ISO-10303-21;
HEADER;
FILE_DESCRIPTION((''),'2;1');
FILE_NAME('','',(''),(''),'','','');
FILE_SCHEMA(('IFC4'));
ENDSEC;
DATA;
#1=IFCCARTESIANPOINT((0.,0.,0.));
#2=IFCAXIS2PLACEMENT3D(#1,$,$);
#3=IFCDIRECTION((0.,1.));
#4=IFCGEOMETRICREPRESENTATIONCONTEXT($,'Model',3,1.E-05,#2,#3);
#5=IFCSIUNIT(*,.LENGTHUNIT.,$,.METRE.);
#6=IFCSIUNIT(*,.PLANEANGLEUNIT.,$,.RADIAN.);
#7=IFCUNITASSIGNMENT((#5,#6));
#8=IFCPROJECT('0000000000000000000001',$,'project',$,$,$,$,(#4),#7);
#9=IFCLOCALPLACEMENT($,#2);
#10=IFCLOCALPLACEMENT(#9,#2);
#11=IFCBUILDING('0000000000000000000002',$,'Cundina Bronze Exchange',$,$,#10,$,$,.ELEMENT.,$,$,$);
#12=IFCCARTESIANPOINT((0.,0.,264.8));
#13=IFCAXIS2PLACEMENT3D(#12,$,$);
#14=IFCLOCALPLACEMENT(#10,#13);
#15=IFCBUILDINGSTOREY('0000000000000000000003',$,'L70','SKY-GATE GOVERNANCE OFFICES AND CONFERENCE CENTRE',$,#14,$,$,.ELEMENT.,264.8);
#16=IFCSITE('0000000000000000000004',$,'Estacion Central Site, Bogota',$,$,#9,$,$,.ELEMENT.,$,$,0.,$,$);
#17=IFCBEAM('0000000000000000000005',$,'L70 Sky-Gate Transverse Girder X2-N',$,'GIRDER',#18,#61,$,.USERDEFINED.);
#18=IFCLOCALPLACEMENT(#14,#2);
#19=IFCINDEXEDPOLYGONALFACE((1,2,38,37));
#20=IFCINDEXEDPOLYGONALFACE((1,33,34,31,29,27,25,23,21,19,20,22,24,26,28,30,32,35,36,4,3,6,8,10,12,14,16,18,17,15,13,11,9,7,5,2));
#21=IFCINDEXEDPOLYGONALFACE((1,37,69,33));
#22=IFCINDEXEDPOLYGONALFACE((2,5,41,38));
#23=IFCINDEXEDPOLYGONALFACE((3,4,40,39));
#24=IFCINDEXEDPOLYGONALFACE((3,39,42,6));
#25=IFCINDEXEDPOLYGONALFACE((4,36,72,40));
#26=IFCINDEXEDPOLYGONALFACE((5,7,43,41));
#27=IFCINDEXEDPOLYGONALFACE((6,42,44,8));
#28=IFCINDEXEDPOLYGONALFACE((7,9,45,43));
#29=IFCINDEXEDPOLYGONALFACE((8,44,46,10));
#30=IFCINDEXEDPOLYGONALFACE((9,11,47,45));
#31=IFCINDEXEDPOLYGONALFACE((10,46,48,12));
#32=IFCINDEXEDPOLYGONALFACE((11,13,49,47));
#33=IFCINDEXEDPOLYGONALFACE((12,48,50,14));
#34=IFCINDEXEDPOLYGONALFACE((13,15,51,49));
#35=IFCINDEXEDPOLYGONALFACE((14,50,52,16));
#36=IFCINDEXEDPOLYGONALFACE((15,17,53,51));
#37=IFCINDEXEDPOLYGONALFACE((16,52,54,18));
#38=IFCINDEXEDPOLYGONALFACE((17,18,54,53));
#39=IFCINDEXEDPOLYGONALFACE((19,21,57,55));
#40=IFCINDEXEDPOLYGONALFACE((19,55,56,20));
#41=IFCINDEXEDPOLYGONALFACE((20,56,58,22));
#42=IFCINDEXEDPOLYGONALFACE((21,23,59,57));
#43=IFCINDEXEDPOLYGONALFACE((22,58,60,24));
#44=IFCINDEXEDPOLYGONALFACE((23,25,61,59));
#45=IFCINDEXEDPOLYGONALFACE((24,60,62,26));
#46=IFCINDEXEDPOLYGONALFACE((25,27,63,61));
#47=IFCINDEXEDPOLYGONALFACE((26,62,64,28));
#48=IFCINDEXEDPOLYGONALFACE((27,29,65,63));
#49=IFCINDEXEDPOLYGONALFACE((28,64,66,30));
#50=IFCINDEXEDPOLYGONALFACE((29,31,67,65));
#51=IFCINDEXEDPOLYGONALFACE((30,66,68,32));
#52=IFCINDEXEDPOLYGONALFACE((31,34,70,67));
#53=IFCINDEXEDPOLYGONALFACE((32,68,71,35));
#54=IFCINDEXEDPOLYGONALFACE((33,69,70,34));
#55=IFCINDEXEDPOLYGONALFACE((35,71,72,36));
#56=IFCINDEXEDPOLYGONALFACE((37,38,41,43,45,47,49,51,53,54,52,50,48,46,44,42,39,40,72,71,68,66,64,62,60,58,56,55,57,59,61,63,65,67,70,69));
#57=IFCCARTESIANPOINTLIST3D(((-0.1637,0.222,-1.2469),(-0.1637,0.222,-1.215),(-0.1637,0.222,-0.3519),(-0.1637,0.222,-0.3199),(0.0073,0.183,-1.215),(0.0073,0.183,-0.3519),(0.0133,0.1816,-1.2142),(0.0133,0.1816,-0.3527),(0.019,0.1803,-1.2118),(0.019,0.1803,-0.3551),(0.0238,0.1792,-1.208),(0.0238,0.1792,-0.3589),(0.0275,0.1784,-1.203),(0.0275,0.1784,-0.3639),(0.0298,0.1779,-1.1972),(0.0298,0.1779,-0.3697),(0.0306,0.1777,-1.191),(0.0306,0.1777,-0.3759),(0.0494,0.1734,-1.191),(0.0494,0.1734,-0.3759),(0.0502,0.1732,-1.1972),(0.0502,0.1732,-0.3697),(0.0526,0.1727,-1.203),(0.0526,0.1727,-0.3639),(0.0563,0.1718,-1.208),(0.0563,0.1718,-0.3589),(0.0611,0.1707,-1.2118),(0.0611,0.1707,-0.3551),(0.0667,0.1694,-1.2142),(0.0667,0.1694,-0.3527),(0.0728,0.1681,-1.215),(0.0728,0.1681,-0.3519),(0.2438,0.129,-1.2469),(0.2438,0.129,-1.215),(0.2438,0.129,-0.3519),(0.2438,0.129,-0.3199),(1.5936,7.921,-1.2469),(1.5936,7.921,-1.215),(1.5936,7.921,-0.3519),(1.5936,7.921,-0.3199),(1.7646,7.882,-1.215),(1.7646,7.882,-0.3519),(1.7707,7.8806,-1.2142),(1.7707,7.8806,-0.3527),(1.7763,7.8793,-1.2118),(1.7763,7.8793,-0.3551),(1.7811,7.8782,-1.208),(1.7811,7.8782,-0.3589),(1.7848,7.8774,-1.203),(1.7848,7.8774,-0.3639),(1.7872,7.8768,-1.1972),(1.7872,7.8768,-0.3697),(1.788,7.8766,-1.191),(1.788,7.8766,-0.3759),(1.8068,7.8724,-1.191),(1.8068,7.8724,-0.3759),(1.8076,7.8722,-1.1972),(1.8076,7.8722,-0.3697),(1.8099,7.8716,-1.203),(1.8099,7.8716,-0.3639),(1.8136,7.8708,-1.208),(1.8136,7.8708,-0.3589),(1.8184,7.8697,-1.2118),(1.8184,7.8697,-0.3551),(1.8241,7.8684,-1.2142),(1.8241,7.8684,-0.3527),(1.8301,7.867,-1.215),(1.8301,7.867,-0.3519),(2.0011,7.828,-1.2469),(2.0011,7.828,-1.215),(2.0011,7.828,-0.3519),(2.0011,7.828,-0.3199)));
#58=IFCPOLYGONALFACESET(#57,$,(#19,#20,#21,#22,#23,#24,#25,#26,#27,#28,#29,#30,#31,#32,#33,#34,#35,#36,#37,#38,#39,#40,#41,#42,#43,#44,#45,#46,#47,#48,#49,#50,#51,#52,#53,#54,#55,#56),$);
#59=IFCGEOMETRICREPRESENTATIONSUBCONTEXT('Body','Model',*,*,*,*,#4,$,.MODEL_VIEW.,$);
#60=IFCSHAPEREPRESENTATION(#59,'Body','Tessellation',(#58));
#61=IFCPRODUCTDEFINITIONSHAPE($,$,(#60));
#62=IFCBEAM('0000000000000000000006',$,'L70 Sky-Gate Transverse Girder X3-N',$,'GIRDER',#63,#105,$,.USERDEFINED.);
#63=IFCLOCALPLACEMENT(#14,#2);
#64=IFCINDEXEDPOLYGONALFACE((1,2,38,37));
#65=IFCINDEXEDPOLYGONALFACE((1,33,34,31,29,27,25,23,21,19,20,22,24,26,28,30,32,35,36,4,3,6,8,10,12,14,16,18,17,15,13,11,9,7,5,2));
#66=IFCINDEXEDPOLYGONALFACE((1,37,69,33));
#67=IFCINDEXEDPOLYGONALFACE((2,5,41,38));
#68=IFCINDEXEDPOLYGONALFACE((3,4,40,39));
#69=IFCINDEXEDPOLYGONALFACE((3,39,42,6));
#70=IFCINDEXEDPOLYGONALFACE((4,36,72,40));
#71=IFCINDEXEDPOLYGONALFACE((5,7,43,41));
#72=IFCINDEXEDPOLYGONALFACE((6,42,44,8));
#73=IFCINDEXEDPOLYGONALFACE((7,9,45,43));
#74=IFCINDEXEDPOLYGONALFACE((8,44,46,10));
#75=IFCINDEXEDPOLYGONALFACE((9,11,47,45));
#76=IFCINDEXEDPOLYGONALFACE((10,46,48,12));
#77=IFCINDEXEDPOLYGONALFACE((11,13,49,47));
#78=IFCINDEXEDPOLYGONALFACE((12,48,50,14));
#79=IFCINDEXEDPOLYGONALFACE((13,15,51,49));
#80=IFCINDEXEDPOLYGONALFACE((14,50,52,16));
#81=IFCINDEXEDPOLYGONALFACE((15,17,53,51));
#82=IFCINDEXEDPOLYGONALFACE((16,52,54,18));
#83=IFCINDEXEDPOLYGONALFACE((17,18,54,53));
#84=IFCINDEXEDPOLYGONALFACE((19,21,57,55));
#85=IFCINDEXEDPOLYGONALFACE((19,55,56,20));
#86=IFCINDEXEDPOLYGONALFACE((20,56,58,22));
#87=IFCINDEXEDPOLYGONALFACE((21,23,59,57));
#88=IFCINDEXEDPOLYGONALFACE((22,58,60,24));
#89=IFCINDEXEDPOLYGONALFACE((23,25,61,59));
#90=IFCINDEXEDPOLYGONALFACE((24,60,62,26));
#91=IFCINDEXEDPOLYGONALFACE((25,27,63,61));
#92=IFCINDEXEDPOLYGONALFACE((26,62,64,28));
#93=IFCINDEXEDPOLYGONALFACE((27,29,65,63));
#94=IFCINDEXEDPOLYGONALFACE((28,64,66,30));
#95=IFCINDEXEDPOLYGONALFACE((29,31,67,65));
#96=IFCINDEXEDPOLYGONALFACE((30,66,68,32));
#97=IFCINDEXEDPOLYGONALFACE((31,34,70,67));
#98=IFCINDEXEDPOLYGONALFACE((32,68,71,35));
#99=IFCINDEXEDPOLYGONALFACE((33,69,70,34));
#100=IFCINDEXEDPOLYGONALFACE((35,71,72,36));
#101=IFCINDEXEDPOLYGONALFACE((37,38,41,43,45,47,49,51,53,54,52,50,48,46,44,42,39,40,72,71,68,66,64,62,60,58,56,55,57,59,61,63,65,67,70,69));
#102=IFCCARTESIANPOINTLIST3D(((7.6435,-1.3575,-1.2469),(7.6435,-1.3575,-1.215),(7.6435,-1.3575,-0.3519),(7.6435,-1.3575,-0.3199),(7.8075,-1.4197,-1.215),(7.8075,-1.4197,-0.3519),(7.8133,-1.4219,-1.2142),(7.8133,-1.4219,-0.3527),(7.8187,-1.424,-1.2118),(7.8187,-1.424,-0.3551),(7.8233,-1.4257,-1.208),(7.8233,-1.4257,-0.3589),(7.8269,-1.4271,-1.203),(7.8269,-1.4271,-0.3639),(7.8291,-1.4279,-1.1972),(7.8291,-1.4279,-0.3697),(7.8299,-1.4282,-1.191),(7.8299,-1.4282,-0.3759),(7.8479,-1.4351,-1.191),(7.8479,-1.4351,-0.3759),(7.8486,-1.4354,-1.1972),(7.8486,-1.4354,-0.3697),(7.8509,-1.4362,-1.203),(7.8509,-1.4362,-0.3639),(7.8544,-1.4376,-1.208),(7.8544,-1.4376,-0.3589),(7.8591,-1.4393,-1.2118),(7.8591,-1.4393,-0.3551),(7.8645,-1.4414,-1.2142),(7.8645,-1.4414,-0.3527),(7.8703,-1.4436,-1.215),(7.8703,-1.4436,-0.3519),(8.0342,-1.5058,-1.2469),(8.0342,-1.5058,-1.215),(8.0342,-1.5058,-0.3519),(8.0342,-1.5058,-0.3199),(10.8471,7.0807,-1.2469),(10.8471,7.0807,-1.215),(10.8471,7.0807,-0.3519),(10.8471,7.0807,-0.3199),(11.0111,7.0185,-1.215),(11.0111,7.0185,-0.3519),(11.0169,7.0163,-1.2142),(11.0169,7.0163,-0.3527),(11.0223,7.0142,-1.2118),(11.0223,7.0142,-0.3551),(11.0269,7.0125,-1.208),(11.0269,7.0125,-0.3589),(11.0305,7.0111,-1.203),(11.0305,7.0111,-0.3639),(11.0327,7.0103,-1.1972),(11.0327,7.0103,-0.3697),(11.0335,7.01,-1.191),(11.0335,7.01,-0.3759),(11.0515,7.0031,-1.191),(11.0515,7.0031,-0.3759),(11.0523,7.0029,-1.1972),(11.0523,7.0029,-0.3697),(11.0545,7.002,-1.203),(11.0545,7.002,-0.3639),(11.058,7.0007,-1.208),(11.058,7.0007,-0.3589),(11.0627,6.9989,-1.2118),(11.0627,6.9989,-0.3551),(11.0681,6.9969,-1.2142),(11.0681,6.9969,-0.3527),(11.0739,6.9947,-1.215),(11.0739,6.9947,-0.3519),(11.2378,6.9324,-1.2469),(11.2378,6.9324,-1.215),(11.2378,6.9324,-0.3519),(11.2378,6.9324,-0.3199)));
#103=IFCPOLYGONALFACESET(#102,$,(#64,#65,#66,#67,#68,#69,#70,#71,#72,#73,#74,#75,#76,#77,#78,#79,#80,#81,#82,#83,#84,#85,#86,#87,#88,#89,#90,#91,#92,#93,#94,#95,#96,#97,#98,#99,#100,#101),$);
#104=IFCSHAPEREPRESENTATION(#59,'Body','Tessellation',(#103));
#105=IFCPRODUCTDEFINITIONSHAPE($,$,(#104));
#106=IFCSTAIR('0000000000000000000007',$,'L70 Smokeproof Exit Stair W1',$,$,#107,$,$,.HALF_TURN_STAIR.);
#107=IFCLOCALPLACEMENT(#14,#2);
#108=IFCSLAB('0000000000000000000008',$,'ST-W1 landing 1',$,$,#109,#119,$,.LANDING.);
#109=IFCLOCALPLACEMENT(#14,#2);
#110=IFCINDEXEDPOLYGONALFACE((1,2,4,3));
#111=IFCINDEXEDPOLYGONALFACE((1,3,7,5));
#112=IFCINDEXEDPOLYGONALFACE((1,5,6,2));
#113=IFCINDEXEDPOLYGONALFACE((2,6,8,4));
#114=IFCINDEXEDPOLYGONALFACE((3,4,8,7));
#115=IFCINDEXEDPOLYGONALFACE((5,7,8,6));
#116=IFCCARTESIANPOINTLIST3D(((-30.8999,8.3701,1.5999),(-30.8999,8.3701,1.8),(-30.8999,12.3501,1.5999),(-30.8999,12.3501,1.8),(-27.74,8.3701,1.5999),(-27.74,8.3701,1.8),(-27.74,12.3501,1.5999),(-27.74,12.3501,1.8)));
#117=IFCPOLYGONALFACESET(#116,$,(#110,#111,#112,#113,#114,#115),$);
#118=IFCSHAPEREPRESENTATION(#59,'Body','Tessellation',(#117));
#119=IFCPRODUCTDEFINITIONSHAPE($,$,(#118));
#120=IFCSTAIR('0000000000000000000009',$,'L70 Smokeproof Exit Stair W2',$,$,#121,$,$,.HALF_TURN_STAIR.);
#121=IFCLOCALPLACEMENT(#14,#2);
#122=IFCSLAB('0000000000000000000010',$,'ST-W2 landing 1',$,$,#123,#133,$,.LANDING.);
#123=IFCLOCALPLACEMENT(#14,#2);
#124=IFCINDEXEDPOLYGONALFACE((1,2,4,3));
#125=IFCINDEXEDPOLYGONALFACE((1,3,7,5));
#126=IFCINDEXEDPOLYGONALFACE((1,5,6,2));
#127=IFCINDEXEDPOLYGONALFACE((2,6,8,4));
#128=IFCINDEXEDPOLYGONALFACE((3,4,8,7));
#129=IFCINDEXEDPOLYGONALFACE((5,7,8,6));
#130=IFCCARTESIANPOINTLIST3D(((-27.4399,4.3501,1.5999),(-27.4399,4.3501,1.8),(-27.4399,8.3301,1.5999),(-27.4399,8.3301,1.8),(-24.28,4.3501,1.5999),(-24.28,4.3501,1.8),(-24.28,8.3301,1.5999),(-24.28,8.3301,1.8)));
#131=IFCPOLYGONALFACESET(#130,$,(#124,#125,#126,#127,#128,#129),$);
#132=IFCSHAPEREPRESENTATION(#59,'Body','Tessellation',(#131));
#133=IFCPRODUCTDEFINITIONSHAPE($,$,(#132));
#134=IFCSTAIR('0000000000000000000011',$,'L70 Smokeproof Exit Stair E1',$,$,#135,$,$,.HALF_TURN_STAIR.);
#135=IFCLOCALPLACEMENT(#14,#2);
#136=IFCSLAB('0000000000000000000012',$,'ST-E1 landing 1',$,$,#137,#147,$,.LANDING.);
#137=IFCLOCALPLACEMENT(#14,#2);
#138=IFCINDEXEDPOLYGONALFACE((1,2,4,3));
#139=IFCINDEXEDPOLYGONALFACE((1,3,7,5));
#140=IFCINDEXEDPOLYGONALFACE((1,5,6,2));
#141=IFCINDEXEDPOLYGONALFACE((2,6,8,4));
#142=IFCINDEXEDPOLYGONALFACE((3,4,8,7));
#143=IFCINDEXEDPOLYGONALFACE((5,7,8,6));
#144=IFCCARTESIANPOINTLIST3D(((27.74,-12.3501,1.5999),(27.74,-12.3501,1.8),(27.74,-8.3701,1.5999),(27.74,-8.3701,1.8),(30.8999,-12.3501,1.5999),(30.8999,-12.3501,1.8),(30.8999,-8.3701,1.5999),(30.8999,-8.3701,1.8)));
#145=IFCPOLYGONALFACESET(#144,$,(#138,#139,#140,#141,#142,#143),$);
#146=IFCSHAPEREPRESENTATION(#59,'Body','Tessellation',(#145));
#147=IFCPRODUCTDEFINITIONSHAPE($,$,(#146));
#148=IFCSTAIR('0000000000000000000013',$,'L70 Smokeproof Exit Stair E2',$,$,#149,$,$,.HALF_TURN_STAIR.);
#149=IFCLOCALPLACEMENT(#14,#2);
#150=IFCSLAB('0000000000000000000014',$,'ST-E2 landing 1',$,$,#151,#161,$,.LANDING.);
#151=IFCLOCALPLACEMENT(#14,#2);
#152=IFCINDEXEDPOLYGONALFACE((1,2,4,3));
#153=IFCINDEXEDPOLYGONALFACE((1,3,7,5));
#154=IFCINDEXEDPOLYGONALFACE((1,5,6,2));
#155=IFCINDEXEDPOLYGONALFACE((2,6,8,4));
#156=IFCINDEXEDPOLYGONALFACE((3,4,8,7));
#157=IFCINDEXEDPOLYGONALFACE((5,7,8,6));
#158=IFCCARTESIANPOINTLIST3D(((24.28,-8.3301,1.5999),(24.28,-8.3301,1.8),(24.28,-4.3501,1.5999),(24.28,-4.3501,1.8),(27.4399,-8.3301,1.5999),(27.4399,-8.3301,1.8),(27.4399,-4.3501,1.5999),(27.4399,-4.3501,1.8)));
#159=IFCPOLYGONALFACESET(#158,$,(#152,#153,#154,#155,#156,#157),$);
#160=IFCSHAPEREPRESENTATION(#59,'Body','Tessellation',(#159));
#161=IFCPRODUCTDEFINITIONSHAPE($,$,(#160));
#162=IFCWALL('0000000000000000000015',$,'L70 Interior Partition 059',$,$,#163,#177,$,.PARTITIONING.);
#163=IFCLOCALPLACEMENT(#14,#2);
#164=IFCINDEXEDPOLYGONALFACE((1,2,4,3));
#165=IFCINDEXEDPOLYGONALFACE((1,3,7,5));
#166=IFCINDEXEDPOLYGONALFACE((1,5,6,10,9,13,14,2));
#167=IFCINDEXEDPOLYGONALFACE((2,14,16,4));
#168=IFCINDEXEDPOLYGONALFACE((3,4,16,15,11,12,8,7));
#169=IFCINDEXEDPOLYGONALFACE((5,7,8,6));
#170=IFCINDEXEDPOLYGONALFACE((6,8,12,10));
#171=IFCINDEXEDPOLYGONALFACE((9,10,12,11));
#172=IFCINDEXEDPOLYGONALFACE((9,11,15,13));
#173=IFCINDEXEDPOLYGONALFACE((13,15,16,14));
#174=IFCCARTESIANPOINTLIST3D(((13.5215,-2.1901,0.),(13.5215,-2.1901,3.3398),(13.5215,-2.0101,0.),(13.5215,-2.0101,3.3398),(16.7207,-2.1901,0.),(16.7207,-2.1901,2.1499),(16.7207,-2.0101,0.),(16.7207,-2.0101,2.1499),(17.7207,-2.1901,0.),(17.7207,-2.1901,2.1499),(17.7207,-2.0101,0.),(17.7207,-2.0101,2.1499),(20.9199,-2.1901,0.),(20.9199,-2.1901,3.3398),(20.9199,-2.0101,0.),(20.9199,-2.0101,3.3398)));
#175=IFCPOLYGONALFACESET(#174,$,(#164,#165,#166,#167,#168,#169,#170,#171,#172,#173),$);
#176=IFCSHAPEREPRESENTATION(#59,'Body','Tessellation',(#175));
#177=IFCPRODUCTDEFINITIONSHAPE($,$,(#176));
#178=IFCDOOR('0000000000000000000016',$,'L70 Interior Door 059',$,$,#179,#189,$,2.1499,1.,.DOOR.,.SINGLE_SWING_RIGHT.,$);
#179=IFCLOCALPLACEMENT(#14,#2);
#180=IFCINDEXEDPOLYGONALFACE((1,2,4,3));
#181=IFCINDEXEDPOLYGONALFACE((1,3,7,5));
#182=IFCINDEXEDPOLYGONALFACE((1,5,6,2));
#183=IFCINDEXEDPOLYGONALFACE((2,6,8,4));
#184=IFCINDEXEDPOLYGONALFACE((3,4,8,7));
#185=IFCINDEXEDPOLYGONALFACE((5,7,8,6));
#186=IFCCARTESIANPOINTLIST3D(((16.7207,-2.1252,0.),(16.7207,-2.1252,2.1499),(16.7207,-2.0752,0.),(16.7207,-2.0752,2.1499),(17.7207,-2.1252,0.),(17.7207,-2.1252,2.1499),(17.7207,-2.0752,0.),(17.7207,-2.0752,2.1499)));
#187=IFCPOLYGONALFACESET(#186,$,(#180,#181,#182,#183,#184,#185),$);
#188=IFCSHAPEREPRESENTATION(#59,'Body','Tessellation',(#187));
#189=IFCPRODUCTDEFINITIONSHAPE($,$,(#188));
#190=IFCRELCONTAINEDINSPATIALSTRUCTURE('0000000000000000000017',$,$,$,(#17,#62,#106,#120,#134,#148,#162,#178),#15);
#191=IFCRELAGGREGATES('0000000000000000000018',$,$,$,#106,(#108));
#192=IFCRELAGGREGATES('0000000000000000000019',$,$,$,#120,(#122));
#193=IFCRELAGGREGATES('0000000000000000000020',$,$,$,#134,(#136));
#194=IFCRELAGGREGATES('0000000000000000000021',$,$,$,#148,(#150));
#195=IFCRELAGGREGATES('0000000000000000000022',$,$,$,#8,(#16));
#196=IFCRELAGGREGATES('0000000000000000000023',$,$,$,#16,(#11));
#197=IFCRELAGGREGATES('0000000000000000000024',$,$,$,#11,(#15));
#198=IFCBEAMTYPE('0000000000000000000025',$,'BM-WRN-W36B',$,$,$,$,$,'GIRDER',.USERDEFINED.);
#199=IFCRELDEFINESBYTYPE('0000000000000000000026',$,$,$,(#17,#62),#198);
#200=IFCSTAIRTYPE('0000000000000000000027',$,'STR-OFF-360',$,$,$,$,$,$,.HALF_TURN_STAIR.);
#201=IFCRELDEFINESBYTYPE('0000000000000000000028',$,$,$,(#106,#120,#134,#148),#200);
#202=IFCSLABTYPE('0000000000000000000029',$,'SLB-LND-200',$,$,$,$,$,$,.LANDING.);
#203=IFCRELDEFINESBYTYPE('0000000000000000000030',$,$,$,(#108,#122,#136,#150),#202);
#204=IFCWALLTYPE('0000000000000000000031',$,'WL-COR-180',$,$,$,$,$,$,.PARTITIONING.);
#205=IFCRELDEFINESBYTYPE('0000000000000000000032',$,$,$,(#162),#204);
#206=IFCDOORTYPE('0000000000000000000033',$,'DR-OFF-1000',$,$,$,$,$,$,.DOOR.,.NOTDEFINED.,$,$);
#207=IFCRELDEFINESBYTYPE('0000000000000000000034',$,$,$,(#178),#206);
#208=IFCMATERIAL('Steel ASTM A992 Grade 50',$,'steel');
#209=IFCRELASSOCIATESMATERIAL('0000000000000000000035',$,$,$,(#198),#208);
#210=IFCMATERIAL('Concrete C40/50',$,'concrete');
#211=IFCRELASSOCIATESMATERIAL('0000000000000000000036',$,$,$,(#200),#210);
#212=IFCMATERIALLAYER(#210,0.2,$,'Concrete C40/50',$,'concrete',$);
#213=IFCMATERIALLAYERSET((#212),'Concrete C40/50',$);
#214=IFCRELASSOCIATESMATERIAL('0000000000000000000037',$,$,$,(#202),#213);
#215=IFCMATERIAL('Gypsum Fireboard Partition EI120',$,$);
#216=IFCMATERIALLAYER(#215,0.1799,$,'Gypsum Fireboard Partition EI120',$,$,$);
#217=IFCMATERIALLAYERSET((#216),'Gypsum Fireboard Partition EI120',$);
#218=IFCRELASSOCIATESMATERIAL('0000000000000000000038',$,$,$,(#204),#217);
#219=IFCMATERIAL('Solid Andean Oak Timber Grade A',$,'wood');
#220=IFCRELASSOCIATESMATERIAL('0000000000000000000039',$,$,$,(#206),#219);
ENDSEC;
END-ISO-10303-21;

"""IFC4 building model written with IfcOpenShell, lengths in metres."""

from ifc_helpers import new_model, si_unit, direction, frame, frame_2d, origin, origin_2d, place, context, subcontext, project, spatial, polyline, rectangle, i_section, outline, extrude, material, layer, layer_set, material_profile, profile_set, type_object, element, fill, aggregate, save


model = new_model("IFC4")

# Units and contexts
model_context = context("Model", 3, precision=1e-05, world=origin(), true_north=direction((0.0, 1.0)))
body_context = subcontext(model_context, "Body", "Model", "MODEL_VIEW")
ifc_project = project(units=[si_unit("LENGTHUNIT", "METRE"), si_unit("PLANEANGLEUNIT", "RADIAN")], contexts=[model_context])

# Site, building, storey
site_placement = place(None, origin())
site = spatial("IfcSite", under=ifc_project, at=site_placement, Name="Estacion Central Site, Bogota", CompositionType="ELEMENT", RefElevation=0.0)
building_placement = place(site_placement, origin())
building = spatial("IfcBuilding", under=site, at=building_placement, Name="Cundina Bronze Exchange", CompositionType="ELEMENT")
storey_placement = place(building_placement, frame((0.0, 0.0, 264.8)))
storey = spatial("IfcBuildingStorey", under=building, at=storey_placement, Name="L70", Description="SKY-GATE GOVERNANCE OFFICES AND CONFERENCE CENTRE", CompositionType="ELEMENT", Elevation=264.8)

# Beams
ifc_material_1 = material(Name="Steel ASTM A992 Grade 50", Category="steel")
ifc_material_profile_1 = material_profile(ifc_material_1, i_section(OverallWidth=0.418, OverallDepth=0.927, WebThickness=0.0193, FlangeThickness=0.032, FilletRadius=0.0239, at=origin_2d()), Name="W36X231", Category="steel")
ifc_profile_set_1 = profile_set([ifc_material_profile_1], Name="Steel ASTM A992 Grade 50")
beam_type_1 = type_object("IfcBeamType", Name="BM-WRN-W36B", ElementType="GIRDER", PredefinedType="USERDEFINED", material=ifc_profile_set_1)
beam_1_placement = place(storey_placement, frame((0.04, 0.1755, -0.7834), z_axis=(0.222531, 0.974926, 0.0), x_axis=(-0.974926, 0.222531, 0.0)))
element("IfcBeam", 1, at=beam_1_placement, inside=storey, type_object=beam_type_1, Name="L70 Sky-Gate Transverse Girder X2-N", ObjectType="GIRDER", PredefinedType="USERDEFINED", context=body_context, shape_type="SweptSolid", body=[
    extrude(i_section(OverallWidth=0.418, OverallDepth=0.927, WebThickness=0.0193, FlangeThickness=0.032, FilletRadius=0.0239, at=origin_2d()), origin(), (0.0, 0.0, 1.0), 7.897),
])
beam_2_placement = place(storey_placement, frame((7.8389, -1.4316, -0.7834), z_axis=(0.354936, 0.934891, 0.0), x_axis=(-0.934891, 0.354936, 0.0)))
element("IfcBeam", 2, at=beam_2_placement, inside=storey, type_object=beam_type_1, Name="L70 Sky-Gate Transverse Girder X3-N", ObjectType="GIRDER", PredefinedType="USERDEFINED", context=body_context, shape_type="SweptSolid", body=[
    extrude(i_section(OverallWidth=0.418, OverallDepth=0.927, WebThickness=0.0193, FlangeThickness=0.032, FilletRadius=0.0239, at=origin_2d()), origin(), (0.0, 0.0, 1.0), 9.0259),
])

# Stairs, slabs
ifc_material_2 = material(Name="Concrete C40/50", Category="concrete")
stair_type = type_object("IfcStairType", Name="STR-OFF-360", PredefinedType="HALF_TURN_STAIR", material=ifc_material_2)
stair_1_placement = place(storey_placement, origin())
stair_1 = element("IfcStair", 3, at=stair_1_placement, inside=storey, type_object=stair_type, Name="L70 Smokeproof Exit Stair W1", PredefinedType="HALF_TURN_STAIR")
ifc_layer_1 = layer(ifc_material_2, 0.2, Name="Concrete C40/50", Category="concrete")
ifc_layer_set_1 = layer_set([ifc_layer_1], Name="Concrete C40/50")
slab_type = type_object("IfcSlabType", Name="SLB-LND-200", PredefinedType="LANDING", material=ifc_layer_set_1)
slab_1_placement = place(storey_placement, frame((0.0, 0.0, 1.5999)))
slab_1 = element("IfcSlab", 4, at=slab_1_placement, type_object=slab_type, Name="ST-W1 landing 1", PredefinedType="LANDING", context=body_context, shape_type="SweptSolid", body=[
    extrude(outline(polyline([(-27.74, 8.3701), (-27.74, 12.3501), (-30.8999, 12.3501), (-30.8999, 8.3701), (-27.74, 8.3701)])), origin(), (0.0, 0.0, 1.0), 0.2002),
])
aggregate(stair_1, [slab_1])
stair_2_placement = place(storey_placement, origin())
stair_2 = element("IfcStair", 5, at=stair_2_placement, inside=storey, type_object=stair_type, Name="L70 Smokeproof Exit Stair W2", PredefinedType="HALF_TURN_STAIR")
slab_2_placement = place(storey_placement, frame((0.0, 0.0, 1.5999)))
slab_2 = element("IfcSlab", 6, at=slab_2_placement, type_object=slab_type, Name="ST-W2 landing 1", PredefinedType="LANDING", context=body_context, shape_type="SweptSolid", body=[
    extrude(outline(polyline([(-27.4399, 8.3301), (-27.4399, 4.3501), (-24.28, 4.3501), (-24.28, 8.3301), (-27.4399, 8.3301)])), origin(), (0.0, 0.0, 1.0), 0.2002),
])
aggregate(stair_2, [slab_2])
stair_3_placement = place(storey_placement, origin())
stair_3 = element("IfcStair", 7, at=stair_3_placement, inside=storey, type_object=stair_type, Name="L70 Smokeproof Exit Stair E1", PredefinedType="HALF_TURN_STAIR")
slab_3_placement = place(storey_placement, frame((0.0, 0.0, 1.5999)))
slab_3 = element("IfcSlab", 8, at=slab_3_placement, type_object=slab_type, Name="ST-E1 landing 1", PredefinedType="LANDING", context=body_context, shape_type="SweptSolid", body=[
    extrude(outline(polyline([(27.74, -8.3701), (27.74, -12.3501), (30.8999, -12.3501), (30.8999, -8.3701), (27.74, -8.3701)])), origin(), (0.0, 0.0, 1.0), 0.2002),
])
aggregate(stair_3, [slab_3])
stair_4_placement = place(storey_placement, origin())
stair_4 = element("IfcStair", 9, at=stair_4_placement, inside=storey, type_object=stair_type, Name="L70 Smokeproof Exit Stair E2", PredefinedType="HALF_TURN_STAIR")
slab_4_placement = place(storey_placement, frame((0.0, 0.0, 1.5999)))
slab_4 = element("IfcSlab", 10, at=slab_4_placement, type_object=slab_type, Name="ST-E2 landing 1", PredefinedType="LANDING", context=body_context, shape_type="SweptSolid", body=[
    extrude(outline(polyline([(27.4399, -8.3301), (27.4399, -4.3501), (24.28, -4.3501), (24.28, -8.3301), (27.4399, -8.3301)])), origin(), (0.0, 0.0, 1.0), 0.2002),
])
aggregate(stair_4, [slab_4])

# Wall, opening, door
ifc_material_3 = material(Name="Gypsum Fireboard Partition EI120")
ifc_layer_2 = layer(ifc_material_3, 0.1799, Name="Gypsum Fireboard Partition EI120")
ifc_layer_set_2 = layer_set([ifc_layer_2], Name="Gypsum Fireboard Partition EI120")
wall_type = type_object("IfcWallType", Name="WL-COR-180", PredefinedType="PARTITIONING", material=ifc_layer_set_2)
wall_1_placement = place(storey_placement, frame((13.5215, -2.1001, 0.0), z_axis=(0.0, 0.0, 1.0), x_axis=(1.0, 0.0, 0.0)))
wall_1 = element("IfcWall", 11, at=wall_1_placement, inside=storey, type_object=wall_type, Name="L70 Interior Partition 059", PredefinedType="PARTITIONING", context=body_context, shape_type="SweptSolid", body=[
    extrude(rectangle(XDim=7.3984, YDim=0.1799, at=frame_2d((3.6992, 0.0))), origin(), (0.0, 0.0, 1.0), 3.3398),
])
opening_1_placement = place(wall_1_placement, frame((3.1992, 0.0, 0.0)))
opening_1 = element("IfcOpeningElement", 12, at=opening_1_placement, cuts=wall_1, PredefinedType="OPENING", context=body_context, shape_type="SweptSolid", body=[
    extrude(rectangle(XDim=1.0, YDim=2.1499, at=frame_2d((0.5, 1.075))), frame((0.0, 0.0999, 0.0), z_axis=(0.0, -1.0, 0.0), x_axis=(1.0, 0.0, 0.0)), (0.0, 0.0, 1.0), 0.2),
])
ifc_material_4 = material(Name="Solid Andean Oak Timber Grade A", Category="wood")
door_type_1 = type_object("IfcDoorType", Name="DR-OFF-1000", OperationType="NOTDEFINED", PredefinedType="DOOR", material=ifc_material_4)
door_1_placement = place(opening_1_placement, origin())
door_1 = element("IfcDoor", 13, at=door_1_placement, inside=storey, type_object=door_type_1, Name="L70 Interior Door 059", OperationType="SINGLE_SWING_RIGHT", OverallHeight=2.1499, OverallWidth=1.0, PredefinedType="DOOR", context=body_context, shape_type="SweptSolid", body=[
    extrude(rectangle(XDim=1.0, YDim=2.1499, at=frame_2d((0.5, 1.075))), frame((0.0, 0.0249, 0.0), z_axis=(0.0, -1.0, 0.0), x_axis=(1.0, 0.0, 0.0)), (0.0, 0.0, 1.0), 0.05),
])
fill(opening_1, door_1)

save(model, "model.ifc")
